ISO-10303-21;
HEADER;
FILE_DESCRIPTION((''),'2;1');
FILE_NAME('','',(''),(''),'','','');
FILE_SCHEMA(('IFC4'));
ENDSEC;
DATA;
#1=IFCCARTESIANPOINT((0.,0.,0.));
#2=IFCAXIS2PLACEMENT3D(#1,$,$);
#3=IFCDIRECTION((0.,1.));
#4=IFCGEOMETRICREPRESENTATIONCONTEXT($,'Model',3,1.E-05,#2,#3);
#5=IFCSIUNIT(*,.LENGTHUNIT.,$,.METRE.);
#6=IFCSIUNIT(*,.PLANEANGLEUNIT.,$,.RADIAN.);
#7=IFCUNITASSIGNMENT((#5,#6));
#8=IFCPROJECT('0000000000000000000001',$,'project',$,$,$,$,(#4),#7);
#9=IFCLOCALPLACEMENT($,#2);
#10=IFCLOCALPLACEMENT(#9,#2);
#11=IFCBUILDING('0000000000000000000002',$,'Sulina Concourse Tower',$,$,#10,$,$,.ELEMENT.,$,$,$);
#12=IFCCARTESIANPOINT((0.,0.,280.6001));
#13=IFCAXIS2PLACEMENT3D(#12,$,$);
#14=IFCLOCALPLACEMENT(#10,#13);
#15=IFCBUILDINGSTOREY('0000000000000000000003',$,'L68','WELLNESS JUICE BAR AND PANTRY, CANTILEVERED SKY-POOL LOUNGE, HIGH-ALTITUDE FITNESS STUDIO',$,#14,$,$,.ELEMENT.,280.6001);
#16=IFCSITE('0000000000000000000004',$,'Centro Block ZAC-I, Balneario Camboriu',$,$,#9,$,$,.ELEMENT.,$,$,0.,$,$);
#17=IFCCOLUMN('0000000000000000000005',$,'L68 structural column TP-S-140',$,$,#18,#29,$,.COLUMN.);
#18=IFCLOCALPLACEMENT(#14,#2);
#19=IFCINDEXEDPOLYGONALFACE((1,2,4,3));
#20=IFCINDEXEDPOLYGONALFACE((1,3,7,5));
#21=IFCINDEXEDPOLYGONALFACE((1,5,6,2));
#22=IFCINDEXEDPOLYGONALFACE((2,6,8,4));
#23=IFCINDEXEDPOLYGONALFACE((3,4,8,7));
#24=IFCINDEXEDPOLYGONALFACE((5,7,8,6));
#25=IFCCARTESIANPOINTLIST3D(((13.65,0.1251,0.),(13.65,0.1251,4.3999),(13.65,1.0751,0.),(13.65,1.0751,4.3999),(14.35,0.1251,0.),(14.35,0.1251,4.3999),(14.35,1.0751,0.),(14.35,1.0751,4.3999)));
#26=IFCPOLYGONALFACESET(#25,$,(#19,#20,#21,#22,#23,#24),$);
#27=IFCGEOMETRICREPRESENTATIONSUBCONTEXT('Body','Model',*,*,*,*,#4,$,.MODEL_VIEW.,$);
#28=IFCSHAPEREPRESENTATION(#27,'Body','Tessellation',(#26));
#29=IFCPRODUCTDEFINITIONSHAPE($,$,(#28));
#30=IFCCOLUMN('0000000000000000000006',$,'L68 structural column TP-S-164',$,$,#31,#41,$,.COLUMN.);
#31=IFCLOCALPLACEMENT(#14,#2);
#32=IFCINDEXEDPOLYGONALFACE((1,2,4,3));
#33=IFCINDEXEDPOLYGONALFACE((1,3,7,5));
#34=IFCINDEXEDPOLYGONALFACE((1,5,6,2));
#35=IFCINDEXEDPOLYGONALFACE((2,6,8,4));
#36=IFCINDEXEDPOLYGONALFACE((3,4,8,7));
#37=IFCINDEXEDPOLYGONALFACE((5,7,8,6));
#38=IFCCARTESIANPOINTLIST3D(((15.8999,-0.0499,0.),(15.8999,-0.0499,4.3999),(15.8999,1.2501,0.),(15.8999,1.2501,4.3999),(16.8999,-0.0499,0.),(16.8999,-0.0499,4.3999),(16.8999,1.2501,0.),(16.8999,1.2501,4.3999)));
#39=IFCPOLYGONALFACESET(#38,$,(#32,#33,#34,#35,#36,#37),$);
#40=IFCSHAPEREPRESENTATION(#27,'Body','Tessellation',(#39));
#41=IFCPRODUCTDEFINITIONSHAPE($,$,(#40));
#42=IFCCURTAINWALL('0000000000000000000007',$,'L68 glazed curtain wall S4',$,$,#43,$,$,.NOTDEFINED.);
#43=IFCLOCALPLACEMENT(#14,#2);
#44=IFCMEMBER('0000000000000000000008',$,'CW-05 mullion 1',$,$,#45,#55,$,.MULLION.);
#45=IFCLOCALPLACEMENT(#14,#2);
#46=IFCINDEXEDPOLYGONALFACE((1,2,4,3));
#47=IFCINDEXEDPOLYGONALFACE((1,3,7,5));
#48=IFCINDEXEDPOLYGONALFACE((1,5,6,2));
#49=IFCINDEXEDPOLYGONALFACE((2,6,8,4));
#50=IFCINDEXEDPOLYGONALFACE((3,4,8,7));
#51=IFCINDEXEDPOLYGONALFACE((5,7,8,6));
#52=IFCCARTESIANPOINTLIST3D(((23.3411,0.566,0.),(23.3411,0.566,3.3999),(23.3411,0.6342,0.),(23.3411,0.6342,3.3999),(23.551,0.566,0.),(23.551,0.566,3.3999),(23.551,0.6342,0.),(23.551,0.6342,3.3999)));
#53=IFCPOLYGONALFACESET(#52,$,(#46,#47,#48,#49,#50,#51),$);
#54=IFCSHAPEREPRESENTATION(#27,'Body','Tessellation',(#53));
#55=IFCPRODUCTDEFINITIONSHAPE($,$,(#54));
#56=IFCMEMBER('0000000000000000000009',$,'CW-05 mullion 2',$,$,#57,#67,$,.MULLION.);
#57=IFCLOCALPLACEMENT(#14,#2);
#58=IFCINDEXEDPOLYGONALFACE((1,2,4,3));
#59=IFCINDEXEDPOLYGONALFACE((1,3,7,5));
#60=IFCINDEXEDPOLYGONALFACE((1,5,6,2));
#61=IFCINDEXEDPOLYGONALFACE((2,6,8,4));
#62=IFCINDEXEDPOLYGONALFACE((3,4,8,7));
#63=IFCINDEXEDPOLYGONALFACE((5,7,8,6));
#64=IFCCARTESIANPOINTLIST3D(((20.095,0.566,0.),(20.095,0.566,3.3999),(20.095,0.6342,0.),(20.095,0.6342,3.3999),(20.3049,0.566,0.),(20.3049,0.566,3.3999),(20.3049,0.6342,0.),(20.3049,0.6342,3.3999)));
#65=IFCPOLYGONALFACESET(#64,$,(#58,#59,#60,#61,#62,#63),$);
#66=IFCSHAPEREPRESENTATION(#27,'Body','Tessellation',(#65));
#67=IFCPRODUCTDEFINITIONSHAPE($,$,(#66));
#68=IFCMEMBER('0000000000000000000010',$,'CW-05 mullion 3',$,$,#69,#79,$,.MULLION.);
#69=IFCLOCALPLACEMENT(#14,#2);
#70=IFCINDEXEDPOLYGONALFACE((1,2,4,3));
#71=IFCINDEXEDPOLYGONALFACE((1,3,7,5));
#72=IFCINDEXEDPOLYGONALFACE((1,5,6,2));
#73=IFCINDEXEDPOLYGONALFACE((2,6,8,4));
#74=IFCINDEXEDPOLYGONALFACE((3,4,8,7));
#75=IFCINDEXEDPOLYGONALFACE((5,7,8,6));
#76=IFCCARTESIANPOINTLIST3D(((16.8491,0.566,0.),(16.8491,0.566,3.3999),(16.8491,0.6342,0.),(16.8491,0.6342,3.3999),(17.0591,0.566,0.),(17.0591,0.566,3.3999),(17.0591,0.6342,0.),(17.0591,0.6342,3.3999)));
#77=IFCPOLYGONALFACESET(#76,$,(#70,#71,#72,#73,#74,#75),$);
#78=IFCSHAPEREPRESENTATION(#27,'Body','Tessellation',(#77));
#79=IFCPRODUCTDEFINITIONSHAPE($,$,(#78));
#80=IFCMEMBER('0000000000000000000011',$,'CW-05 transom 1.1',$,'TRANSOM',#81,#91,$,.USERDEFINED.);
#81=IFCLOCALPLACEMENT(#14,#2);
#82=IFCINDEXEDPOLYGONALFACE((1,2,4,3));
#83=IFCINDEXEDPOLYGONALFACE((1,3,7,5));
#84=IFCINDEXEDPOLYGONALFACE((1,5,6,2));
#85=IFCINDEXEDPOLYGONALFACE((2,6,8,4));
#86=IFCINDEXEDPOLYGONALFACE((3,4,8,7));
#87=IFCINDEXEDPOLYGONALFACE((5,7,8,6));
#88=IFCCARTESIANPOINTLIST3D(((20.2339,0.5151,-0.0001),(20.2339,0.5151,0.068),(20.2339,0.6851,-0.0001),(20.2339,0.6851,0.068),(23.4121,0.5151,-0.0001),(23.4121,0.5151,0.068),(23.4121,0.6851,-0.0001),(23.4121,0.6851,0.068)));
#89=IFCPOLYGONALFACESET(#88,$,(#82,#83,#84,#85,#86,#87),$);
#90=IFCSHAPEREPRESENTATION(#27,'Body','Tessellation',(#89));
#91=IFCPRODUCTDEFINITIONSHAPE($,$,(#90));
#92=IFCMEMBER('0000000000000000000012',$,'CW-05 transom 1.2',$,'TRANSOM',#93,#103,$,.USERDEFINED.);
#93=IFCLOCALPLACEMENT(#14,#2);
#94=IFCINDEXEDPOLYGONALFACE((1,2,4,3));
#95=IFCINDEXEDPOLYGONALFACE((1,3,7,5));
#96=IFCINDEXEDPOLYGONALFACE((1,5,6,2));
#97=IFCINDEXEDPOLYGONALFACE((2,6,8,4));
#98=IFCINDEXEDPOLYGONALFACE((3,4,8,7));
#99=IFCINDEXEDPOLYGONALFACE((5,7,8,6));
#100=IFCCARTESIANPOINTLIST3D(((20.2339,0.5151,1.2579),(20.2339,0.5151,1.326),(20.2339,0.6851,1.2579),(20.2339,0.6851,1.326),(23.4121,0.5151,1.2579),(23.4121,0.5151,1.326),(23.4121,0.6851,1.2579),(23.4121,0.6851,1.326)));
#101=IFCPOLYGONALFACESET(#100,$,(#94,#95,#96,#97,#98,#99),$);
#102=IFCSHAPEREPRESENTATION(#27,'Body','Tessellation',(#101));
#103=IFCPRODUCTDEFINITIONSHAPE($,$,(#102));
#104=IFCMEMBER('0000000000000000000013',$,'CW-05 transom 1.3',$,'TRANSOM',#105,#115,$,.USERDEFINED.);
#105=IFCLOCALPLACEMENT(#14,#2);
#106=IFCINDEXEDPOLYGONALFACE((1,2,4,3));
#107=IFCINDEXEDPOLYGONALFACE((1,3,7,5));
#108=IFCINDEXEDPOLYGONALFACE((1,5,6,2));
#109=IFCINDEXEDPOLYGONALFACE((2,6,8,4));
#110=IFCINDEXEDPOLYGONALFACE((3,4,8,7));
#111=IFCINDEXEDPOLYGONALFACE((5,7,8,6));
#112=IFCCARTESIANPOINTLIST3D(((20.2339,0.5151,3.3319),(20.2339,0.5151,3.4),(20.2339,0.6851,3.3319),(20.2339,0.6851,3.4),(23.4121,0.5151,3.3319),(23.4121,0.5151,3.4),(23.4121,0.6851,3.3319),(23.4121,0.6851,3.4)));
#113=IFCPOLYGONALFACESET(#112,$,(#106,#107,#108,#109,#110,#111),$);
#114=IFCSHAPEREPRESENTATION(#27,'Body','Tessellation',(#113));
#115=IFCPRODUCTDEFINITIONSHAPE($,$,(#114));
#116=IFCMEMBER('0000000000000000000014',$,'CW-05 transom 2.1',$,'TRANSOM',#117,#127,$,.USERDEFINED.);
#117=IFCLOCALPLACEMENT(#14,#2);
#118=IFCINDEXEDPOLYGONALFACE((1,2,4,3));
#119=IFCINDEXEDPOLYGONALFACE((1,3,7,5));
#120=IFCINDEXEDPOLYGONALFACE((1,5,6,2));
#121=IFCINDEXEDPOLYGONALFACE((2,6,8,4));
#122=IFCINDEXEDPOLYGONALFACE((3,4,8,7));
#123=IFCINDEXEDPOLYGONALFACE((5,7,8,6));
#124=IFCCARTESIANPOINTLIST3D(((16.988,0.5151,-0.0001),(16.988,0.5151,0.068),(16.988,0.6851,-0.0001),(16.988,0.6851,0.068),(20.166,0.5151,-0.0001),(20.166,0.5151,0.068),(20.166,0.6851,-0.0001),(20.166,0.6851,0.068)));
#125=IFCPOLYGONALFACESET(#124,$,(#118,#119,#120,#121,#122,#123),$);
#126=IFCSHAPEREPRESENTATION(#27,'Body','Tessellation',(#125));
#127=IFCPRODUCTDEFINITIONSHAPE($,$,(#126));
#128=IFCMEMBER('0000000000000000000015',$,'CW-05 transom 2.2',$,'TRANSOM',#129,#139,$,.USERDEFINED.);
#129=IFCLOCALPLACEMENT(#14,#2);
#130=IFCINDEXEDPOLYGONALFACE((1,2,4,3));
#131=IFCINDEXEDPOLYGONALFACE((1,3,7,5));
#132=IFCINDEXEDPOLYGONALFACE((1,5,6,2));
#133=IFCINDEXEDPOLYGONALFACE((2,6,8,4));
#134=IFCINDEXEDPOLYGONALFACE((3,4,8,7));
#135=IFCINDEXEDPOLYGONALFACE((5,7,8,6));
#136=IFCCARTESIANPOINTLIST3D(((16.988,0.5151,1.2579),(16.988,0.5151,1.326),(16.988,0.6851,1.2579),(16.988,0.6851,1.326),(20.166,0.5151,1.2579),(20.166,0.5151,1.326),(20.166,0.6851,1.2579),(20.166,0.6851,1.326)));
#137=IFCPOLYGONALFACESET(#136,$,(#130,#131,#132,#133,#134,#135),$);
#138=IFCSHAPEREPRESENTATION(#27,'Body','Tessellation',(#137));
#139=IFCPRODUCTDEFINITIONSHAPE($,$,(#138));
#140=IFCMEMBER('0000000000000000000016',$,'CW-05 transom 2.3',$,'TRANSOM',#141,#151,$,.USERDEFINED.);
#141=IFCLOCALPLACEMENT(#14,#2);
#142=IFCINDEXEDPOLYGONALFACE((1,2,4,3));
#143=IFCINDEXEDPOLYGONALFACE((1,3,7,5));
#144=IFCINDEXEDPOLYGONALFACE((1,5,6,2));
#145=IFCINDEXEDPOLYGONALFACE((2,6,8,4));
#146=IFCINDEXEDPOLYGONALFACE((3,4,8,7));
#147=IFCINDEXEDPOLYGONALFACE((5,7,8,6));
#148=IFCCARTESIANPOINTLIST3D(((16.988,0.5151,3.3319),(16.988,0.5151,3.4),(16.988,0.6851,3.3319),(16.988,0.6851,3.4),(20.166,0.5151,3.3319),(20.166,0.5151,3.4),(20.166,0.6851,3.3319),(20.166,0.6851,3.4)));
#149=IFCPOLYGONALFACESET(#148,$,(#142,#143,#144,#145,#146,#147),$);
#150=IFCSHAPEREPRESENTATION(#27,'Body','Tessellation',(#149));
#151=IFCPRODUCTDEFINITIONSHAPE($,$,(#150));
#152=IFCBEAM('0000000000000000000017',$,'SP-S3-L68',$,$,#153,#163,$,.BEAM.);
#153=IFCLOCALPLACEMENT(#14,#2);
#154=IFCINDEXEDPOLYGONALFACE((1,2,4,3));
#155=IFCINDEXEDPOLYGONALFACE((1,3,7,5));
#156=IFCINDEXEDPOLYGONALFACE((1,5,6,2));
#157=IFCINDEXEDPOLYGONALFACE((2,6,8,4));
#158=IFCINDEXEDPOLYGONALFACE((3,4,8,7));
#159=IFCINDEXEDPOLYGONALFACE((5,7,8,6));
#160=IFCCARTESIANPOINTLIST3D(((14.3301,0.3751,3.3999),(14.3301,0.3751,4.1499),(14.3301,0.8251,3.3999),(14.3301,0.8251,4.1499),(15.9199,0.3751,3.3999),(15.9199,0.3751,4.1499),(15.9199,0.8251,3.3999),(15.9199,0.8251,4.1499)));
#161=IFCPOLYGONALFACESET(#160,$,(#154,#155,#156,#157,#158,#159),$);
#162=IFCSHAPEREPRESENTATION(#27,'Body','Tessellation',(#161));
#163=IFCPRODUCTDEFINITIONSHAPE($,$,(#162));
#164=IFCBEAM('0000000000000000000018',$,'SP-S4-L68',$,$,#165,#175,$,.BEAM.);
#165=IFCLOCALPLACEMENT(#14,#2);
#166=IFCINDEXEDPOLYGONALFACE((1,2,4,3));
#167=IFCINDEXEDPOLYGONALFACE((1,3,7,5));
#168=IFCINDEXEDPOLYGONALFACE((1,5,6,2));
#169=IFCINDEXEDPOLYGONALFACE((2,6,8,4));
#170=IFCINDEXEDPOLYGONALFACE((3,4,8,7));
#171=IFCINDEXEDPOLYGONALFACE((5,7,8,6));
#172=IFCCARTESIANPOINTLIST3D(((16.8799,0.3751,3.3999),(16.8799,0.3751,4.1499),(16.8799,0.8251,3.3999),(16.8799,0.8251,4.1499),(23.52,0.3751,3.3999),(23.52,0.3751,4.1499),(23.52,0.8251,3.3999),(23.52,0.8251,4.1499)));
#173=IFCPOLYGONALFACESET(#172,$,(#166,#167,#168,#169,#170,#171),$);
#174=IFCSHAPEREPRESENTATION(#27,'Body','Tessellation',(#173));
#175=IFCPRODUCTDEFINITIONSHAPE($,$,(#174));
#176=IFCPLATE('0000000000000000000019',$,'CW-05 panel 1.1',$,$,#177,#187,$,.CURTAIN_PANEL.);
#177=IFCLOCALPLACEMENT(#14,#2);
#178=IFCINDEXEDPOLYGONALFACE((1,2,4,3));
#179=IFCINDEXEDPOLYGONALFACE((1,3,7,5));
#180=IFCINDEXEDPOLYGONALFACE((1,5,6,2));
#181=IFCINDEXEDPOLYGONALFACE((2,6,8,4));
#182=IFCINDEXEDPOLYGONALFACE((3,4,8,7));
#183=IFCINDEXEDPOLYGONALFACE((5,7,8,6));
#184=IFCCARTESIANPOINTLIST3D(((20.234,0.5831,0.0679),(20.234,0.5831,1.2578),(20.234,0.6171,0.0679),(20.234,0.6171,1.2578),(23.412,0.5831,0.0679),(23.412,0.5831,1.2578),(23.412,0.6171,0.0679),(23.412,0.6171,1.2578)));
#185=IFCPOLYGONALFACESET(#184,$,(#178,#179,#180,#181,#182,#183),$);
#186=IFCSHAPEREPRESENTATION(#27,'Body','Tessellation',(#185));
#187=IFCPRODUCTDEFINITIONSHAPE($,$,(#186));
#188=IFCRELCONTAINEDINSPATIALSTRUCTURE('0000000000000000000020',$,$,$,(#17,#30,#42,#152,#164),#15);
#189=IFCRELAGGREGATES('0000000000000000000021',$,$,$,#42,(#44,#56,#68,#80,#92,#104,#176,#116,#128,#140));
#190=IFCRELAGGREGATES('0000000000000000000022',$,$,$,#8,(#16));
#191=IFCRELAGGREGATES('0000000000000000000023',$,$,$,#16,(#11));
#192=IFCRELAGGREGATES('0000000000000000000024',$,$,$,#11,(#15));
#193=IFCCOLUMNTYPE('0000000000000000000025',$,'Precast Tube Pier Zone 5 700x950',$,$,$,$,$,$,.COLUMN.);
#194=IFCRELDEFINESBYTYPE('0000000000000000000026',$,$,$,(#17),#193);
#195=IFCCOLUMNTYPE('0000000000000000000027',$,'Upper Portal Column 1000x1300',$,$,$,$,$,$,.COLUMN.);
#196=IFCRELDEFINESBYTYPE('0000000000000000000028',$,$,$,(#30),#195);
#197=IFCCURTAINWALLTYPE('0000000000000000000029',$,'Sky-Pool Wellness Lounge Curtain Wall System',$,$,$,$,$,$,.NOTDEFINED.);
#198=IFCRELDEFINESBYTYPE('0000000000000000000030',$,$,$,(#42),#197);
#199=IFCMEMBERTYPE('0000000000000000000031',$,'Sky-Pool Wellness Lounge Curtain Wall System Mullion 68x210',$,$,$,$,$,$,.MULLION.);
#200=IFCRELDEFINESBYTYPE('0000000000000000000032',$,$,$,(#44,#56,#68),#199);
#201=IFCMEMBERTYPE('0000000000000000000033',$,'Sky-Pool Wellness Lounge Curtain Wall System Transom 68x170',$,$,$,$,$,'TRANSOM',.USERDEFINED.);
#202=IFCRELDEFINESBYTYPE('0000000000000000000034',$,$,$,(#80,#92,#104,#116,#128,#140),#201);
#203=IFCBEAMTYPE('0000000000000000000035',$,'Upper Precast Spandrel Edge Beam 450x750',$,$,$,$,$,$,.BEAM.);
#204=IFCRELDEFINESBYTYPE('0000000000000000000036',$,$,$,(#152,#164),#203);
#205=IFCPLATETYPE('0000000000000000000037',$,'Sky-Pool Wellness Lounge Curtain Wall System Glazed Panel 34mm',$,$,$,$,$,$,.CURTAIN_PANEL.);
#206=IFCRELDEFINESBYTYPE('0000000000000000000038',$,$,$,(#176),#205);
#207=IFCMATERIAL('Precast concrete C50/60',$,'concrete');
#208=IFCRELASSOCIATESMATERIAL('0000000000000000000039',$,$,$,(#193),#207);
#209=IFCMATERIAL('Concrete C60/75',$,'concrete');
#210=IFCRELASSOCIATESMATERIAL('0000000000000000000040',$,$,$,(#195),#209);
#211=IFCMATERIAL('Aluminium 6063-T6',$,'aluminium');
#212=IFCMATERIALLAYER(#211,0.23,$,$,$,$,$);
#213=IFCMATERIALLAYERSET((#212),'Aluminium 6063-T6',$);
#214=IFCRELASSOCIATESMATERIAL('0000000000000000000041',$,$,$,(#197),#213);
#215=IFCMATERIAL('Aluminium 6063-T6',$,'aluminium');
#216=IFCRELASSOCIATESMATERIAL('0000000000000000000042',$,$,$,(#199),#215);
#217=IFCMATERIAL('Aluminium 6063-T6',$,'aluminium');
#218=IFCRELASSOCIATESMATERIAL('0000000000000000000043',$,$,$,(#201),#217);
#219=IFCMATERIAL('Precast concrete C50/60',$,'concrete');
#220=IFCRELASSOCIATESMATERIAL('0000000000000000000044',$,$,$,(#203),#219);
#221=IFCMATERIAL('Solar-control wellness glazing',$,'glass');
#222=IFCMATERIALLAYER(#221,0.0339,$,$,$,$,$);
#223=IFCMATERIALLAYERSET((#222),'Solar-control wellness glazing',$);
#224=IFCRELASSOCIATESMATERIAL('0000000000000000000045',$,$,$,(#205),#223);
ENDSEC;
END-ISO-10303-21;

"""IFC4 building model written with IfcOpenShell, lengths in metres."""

from ifc_helpers import new_model, si_unit, direction, frame, origin, origin_2d, place, context, subcontext, project, spatial, rectangle, extrude, material, layer, layer_set, material_profile, profile_set, type_object, element, aggregate, save


model = new_model("IFC4")

# Units and contexts
model_context = context("Model", 3, precision=1e-05, world=origin(), true_north=direction((0.0, 1.0)))
body_context = subcontext(model_context, "Body", "Model", "MODEL_VIEW")
ifc_project = project(units=[si_unit("LENGTHUNIT", "METRE"), si_unit("PLANEANGLEUNIT", "RADIAN")], contexts=[model_context])

# Site, building, storey
site_placement = place(None, origin())
site = spatial("IfcSite", under=ifc_project, at=site_placement, Name="Centro Block ZAC-I, Balneario Camboriu", CompositionType="ELEMENT", RefElevation=0.0)
building_placement = place(site_placement, origin())
building = spatial("IfcBuilding", under=site, at=building_placement, Name="Sulina Concourse Tower", CompositionType="ELEMENT")
storey_placement = place(building_placement, frame((0.0, 0.0, 280.6001)))
storey = spatial("IfcBuildingStorey", under=building, at=storey_placement, Name="L68", Description="WELLNESS JUICE BAR AND PANTRY, CANTILEVERED SKY-POOL LOUNGE, HIGH-ALTITUDE FITNESS STUDIO", CompositionType="ELEMENT", Elevation=280.6001)

# Columns
ifc_material_1 = material(Name="Precast concrete C50/60", Category="concrete")
ifc_material_profile_1 = material_profile(ifc_material_1, rectangle(XDim=0.7, YDim=0.95, at=origin_2d()), Name="PC 700x950")
ifc_profile_set_1 = profile_set([ifc_material_profile_1], Name="Precast concrete C50/60")
column_type_1 = type_object("IfcColumnType", Name="Precast Tube Pier Zone 5 700x950", PredefinedType="COLUMN", material=ifc_profile_set_1)
column_1_placement = place(storey_placement, frame((14.0, 0.6001, 0.0), z_axis=(0.0, 0.0, 1.0), x_axis=(1.0, 0.0, 0.0)))
element("IfcColumn", 1, at=column_1_placement, inside=storey, type_object=column_type_1, Name="L68 structural column TP-S-140", PredefinedType="COLUMN", context=body_context, shape_type="SweptSolid", body=[
    extrude(rectangle(XDim=0.7, YDim=0.95, at=origin_2d()), origin(), (0.0, 0.0, 1.0), 4.3999),
])
ifc_material_2 = material(Name="Concrete C60/75", Category="concrete")
ifc_material_profile_2 = material_profile(ifc_material_2, rectangle(XDim=1.0, YDim=1.3, at=origin_2d()), Name="RC 1000x1300")
ifc_profile_set_2 = profile_set([ifc_material_profile_2], Name="Concrete C60/75")
column_type_2 = type_object("IfcColumnType", Name="Upper Portal Column 1000x1300", PredefinedType="COLUMN", material=ifc_profile_set_2)
column_2_placement = place(storey_placement, frame((16.3999, 0.6001, 0.0), z_axis=(0.0, 0.0, 1.0), x_axis=(1.0, 0.0, 0.0)))
element("IfcColumn", 2, at=column_2_placement, inside=storey, type_object=column_type_2, Name="L68 structural column TP-S-164", PredefinedType="COLUMN", context=body_context, shape_type="SweptSolid", body=[
    extrude(rectangle(XDim=1.0, YDim=1.3, at=origin_2d()), origin(), (0.0, 0.0, 1.0), 4.3999),
])

# Curtain wall, members
ifc_material_3 = material(Name="Aluminium 6063-T6", Category="aluminium")
ifc_layer_1 = layer(ifc_material_3, 0.23)
ifc_layer_set_1 = layer_set([ifc_layer_1], Name="Aluminium 6063-T6")
curtain_wall_type = type_object("IfcCurtainWallType", Name="Sky-Pool Wellness Lounge Curtain Wall System", PredefinedType="NOTDEFINED", material=ifc_layer_set_1)
curtain_wall_placement = place(storey_placement, origin())
curtain_wall = element("IfcCurtainWall", 3, at=curtain_wall_placement, inside=storey, type_object=curtain_wall_type, Name="L68 glazed curtain wall S4", PredefinedType="NOTDEFINED")
ifc_material_4 = material(Name="Aluminium 6063-T6", Category="aluminium")
ifc_material_profile_3 = material_profile(ifc_material_4, rectangle(XDim=0.0681, YDim=0.21, at=origin_2d()), Name="MUL 68x210")
ifc_profile_set_3 = profile_set([ifc_material_profile_3], Name="Aluminium 6063-T6")
member_type_1 = type_object("IfcMemberType", Name="Sky-Pool Wellness Lounge Curtain Wall System Mullion 68x210", PredefinedType="MULLION", material=ifc_profile_set_3)
member_1_placement = place(storey_placement, frame((23.446, 0.6001, 0.0), z_axis=(0.0, 0.0, 1.0), x_axis=(0.0, -1.0, 0.0)))
member_1 = element("IfcMember", 4, at=member_1_placement, type_object=member_type_1, Name="CW-05 mullion 1", PredefinedType="MULLION", context=body_context, shape_type="SweptSolid", body=[
    extrude(rectangle(XDim=0.0681, YDim=0.21, at=origin_2d()), origin(), (0.0, 0.0, 1.0), 3.3999),
])
member_2_placement = place(storey_placement, frame((20.2, 0.6001, 0.0), z_axis=(0.0, 0.0, 1.0), x_axis=(0.0, -1.0, 0.0)))
member_2 = element("IfcMember", 5, at=member_2_placement, type_object=member_type_1, Name="CW-05 mullion 2", PredefinedType="MULLION", context=body_context, shape_type="SweptSolid", body=[
    extrude(rectangle(XDim=0.0681, YDim=0.21, at=origin_2d()), origin(), (0.0, 0.0, 1.0), 3.3999),
])
member_3_placement = place(storey_placement, frame((16.9541, 0.6001, 0.0), z_axis=(0.0, 0.0, 1.0), x_axis=(0.0, -1.0, 0.0)))
member_3 = element("IfcMember", 6, at=member_3_placement, type_object=member_type_1, Name="CW-05 mullion 3", PredefinedType="MULLION", context=body_context, shape_type="SweptSolid", body=[
    extrude(rectangle(XDim=0.0681, YDim=0.21, at=origin_2d()), origin(), (0.0, 0.0, 1.0), 3.3999),
])
ifc_material_5 = material(Name="Aluminium 6063-T6", Category="aluminium")
ifc_material_profile_4 = material_profile(ifc_material_5, rectangle(XDim=0.1699, YDim=0.0681, at=origin_2d()), Name="TRN 68x170")
ifc_profile_set_4 = profile_set([ifc_material_profile_4], Name="Aluminium 6063-T6")
member_type_2 = type_object("IfcMemberType", Name="Sky-Pool Wellness Lounge Curtain Wall System Transom 68x170", ElementType="TRANSOM", PredefinedType="USERDEFINED", material=ifc_profile_set_4)
member_4_placement = place(storey_placement, frame((23.4121, 0.6001, 0.0339), z_axis=(-1.0, 0.0, 0.0), x_axis=(0.0, -1.0, 0.0)))
member_4 = element("IfcMember", 7, at=member_4_placement, type_object=member_type_2, Name="CW-05 transom 1.1", ObjectType="TRANSOM", PredefinedType="USERDEFINED", context=body_context, shape_type="SweptSolid", body=[
    extrude(rectangle(XDim=0.1699, YDim=0.0681, at=origin_2d()), origin(), (0.0, 0.0, 1.0), 3.1782),
])
member_5_placement = place(storey_placement, frame((23.4121, 0.6001, 1.292), z_axis=(-1.0, 0.0, 0.0), x_axis=(0.0, -1.0, 0.0)))
member_5 = element("IfcMember", 8, at=member_5_placement, type_object=member_type_2, Name="CW-05 transom 1.2", ObjectType="TRANSOM", PredefinedType="USERDEFINED", context=body_context, shape_type="SweptSolid", body=[
    extrude(rectangle(XDim=0.1699, YDim=0.0681, at=origin_2d()), origin(), (0.0, 0.0, 1.0), 3.1782),
])
member_6_placement = place(storey_placement, frame((23.4121, 0.6001, 3.366), z_axis=(-1.0, 0.0, 0.0), x_axis=(0.0, -1.0, 0.0)))
member_6 = element("IfcMember", 9, at=member_6_placement, type_object=member_type_2, Name="CW-05 transom 1.3", ObjectType="TRANSOM", PredefinedType="USERDEFINED", context=body_context, shape_type="SweptSolid", body=[
    extrude(rectangle(XDim=0.1699, YDim=0.0681, at=origin_2d()), origin(), (0.0, 0.0, 1.0), 3.1782),
])
member_7_placement = place(storey_placement, frame((20.166, 0.6001, 0.0339), z_axis=(-1.0, 0.0, 0.0), x_axis=(0.0, -1.0, 0.0)))
member_7 = element("IfcMember", 10, at=member_7_placement, type_object=member_type_2, Name="CW-05 transom 2.1", ObjectType="TRANSOM", PredefinedType="USERDEFINED", context=body_context, shape_type="SweptSolid", body=[
    extrude(rectangle(XDim=0.1699, YDim=0.0681, at=origin_2d()), origin(), (0.0, 0.0, 1.0), 3.178),
])
member_8_placement = place(storey_placement, frame((20.166, 0.6001, 1.292), z_axis=(-1.0, 0.0, 0.0), x_axis=(0.0, -1.0, 0.0)))
member_8 = element("IfcMember", 11, at=member_8_placement, type_object=member_type_2, Name="CW-05 transom 2.2", ObjectType="TRANSOM", PredefinedType="USERDEFINED", context=body_context, shape_type="SweptSolid", body=[
    extrude(rectangle(XDim=0.1699, YDim=0.0681, at=origin_2d()), origin(), (0.0, 0.0, 1.0), 3.178),
])
member_9_placement = place(storey_placement, frame((20.166, 0.6001, 3.366), z_axis=(-1.0, 0.0, 0.0), x_axis=(0.0, -1.0, 0.0)))
member_9 = element("IfcMember", 12, at=member_9_placement, type_object=member_type_2, Name="CW-05 transom 2.3", ObjectType="TRANSOM", PredefinedType="USERDEFINED", context=body_context, shape_type="SweptSolid", body=[
    extrude(rectangle(XDim=0.1699, YDim=0.0681, at=origin_2d()), origin(), (0.0, 0.0, 1.0), 3.178),
])

# Beams
ifc_material_6 = material(Name="Precast concrete C50/60", Category="concrete")
ifc_material_profile_5 = material_profile(ifc_material_6, rectangle(XDim=0.45, YDim=0.75, at=origin_2d()), Name="RC 450x750")
ifc_profile_set_5 = profile_set([ifc_material_profile_5], Name="Precast concrete C50/60")
beam_type = type_object("IfcBeamType", Name="Upper Precast Spandrel Edge Beam 450x750", PredefinedType="BEAM", material=ifc_profile_set_5)
beam_1_placement = place(storey_placement, frame((14.3301, 0.6001, 3.7749), z_axis=(1.0, 0.0, 0.0), x_axis=(0.0, 1.0, 0.0)))
element("IfcBeam", 13, at=beam_1_placement, inside=storey, type_object=beam_type, Name="SP-S3-L68", PredefinedType="BEAM", context=body_context, shape_type="SweptSolid", body=[
    extrude(rectangle(XDim=0.45, YDim=0.75, at=origin_2d()), origin(), (0.0, 0.0, 1.0), 1.5898),
])
beam_2_placement = place(storey_placement, frame((16.8799, 0.6001, 3.7749), z_axis=(1.0, 0.0, 0.0), x_axis=(0.0, 1.0, 0.0)))
element("IfcBeam", 14, at=beam_2_placement, inside=storey, type_object=beam_type, Name="SP-S4-L68", PredefinedType="BEAM", context=body_context, shape_type="SweptSolid", body=[
    extrude(rectangle(XDim=0.45, YDim=0.75, at=origin_2d()), origin(), (0.0, 0.0, 1.0), 6.6401),
])

# Plate
ifc_material_7 = material(Name="Solar-control wellness glazing", Category="glass")
ifc_layer_2 = layer(ifc_material_7, 0.0339)
ifc_layer_set_2 = layer_set([ifc_layer_2], Name="Solar-control wellness glazing")
plate_type = type_object("IfcPlateType", Name="Sky-Pool Wellness Lounge Curtain Wall System Glazed Panel 34mm", PredefinedType="CURTAIN_PANEL", material=ifc_layer_set_2)
plate_1_placement = place(storey_placement, frame((21.823, 0.6001, 0.0679), z_axis=(0.0, 0.0, 1.0), x_axis=(-1.0, 0.0, 0.0)))
plate_1 = element("IfcPlate", 15, at=plate_1_placement, type_object=plate_type, Name="CW-05 panel 1.1", PredefinedType="CURTAIN_PANEL", context=body_context, shape_type="SweptSolid", body=[
    extrude(rectangle(XDim=3.178, YDim=0.0339, at=origin_2d()), origin(), (0.0, 0.0, 1.0), 1.1899),
])
aggregate(curtain_wall, [member_1, member_2, member_3, member_4, member_5, member_6, plate_1, member_7, member_8, member_9])

save(model, "model.ifc")
